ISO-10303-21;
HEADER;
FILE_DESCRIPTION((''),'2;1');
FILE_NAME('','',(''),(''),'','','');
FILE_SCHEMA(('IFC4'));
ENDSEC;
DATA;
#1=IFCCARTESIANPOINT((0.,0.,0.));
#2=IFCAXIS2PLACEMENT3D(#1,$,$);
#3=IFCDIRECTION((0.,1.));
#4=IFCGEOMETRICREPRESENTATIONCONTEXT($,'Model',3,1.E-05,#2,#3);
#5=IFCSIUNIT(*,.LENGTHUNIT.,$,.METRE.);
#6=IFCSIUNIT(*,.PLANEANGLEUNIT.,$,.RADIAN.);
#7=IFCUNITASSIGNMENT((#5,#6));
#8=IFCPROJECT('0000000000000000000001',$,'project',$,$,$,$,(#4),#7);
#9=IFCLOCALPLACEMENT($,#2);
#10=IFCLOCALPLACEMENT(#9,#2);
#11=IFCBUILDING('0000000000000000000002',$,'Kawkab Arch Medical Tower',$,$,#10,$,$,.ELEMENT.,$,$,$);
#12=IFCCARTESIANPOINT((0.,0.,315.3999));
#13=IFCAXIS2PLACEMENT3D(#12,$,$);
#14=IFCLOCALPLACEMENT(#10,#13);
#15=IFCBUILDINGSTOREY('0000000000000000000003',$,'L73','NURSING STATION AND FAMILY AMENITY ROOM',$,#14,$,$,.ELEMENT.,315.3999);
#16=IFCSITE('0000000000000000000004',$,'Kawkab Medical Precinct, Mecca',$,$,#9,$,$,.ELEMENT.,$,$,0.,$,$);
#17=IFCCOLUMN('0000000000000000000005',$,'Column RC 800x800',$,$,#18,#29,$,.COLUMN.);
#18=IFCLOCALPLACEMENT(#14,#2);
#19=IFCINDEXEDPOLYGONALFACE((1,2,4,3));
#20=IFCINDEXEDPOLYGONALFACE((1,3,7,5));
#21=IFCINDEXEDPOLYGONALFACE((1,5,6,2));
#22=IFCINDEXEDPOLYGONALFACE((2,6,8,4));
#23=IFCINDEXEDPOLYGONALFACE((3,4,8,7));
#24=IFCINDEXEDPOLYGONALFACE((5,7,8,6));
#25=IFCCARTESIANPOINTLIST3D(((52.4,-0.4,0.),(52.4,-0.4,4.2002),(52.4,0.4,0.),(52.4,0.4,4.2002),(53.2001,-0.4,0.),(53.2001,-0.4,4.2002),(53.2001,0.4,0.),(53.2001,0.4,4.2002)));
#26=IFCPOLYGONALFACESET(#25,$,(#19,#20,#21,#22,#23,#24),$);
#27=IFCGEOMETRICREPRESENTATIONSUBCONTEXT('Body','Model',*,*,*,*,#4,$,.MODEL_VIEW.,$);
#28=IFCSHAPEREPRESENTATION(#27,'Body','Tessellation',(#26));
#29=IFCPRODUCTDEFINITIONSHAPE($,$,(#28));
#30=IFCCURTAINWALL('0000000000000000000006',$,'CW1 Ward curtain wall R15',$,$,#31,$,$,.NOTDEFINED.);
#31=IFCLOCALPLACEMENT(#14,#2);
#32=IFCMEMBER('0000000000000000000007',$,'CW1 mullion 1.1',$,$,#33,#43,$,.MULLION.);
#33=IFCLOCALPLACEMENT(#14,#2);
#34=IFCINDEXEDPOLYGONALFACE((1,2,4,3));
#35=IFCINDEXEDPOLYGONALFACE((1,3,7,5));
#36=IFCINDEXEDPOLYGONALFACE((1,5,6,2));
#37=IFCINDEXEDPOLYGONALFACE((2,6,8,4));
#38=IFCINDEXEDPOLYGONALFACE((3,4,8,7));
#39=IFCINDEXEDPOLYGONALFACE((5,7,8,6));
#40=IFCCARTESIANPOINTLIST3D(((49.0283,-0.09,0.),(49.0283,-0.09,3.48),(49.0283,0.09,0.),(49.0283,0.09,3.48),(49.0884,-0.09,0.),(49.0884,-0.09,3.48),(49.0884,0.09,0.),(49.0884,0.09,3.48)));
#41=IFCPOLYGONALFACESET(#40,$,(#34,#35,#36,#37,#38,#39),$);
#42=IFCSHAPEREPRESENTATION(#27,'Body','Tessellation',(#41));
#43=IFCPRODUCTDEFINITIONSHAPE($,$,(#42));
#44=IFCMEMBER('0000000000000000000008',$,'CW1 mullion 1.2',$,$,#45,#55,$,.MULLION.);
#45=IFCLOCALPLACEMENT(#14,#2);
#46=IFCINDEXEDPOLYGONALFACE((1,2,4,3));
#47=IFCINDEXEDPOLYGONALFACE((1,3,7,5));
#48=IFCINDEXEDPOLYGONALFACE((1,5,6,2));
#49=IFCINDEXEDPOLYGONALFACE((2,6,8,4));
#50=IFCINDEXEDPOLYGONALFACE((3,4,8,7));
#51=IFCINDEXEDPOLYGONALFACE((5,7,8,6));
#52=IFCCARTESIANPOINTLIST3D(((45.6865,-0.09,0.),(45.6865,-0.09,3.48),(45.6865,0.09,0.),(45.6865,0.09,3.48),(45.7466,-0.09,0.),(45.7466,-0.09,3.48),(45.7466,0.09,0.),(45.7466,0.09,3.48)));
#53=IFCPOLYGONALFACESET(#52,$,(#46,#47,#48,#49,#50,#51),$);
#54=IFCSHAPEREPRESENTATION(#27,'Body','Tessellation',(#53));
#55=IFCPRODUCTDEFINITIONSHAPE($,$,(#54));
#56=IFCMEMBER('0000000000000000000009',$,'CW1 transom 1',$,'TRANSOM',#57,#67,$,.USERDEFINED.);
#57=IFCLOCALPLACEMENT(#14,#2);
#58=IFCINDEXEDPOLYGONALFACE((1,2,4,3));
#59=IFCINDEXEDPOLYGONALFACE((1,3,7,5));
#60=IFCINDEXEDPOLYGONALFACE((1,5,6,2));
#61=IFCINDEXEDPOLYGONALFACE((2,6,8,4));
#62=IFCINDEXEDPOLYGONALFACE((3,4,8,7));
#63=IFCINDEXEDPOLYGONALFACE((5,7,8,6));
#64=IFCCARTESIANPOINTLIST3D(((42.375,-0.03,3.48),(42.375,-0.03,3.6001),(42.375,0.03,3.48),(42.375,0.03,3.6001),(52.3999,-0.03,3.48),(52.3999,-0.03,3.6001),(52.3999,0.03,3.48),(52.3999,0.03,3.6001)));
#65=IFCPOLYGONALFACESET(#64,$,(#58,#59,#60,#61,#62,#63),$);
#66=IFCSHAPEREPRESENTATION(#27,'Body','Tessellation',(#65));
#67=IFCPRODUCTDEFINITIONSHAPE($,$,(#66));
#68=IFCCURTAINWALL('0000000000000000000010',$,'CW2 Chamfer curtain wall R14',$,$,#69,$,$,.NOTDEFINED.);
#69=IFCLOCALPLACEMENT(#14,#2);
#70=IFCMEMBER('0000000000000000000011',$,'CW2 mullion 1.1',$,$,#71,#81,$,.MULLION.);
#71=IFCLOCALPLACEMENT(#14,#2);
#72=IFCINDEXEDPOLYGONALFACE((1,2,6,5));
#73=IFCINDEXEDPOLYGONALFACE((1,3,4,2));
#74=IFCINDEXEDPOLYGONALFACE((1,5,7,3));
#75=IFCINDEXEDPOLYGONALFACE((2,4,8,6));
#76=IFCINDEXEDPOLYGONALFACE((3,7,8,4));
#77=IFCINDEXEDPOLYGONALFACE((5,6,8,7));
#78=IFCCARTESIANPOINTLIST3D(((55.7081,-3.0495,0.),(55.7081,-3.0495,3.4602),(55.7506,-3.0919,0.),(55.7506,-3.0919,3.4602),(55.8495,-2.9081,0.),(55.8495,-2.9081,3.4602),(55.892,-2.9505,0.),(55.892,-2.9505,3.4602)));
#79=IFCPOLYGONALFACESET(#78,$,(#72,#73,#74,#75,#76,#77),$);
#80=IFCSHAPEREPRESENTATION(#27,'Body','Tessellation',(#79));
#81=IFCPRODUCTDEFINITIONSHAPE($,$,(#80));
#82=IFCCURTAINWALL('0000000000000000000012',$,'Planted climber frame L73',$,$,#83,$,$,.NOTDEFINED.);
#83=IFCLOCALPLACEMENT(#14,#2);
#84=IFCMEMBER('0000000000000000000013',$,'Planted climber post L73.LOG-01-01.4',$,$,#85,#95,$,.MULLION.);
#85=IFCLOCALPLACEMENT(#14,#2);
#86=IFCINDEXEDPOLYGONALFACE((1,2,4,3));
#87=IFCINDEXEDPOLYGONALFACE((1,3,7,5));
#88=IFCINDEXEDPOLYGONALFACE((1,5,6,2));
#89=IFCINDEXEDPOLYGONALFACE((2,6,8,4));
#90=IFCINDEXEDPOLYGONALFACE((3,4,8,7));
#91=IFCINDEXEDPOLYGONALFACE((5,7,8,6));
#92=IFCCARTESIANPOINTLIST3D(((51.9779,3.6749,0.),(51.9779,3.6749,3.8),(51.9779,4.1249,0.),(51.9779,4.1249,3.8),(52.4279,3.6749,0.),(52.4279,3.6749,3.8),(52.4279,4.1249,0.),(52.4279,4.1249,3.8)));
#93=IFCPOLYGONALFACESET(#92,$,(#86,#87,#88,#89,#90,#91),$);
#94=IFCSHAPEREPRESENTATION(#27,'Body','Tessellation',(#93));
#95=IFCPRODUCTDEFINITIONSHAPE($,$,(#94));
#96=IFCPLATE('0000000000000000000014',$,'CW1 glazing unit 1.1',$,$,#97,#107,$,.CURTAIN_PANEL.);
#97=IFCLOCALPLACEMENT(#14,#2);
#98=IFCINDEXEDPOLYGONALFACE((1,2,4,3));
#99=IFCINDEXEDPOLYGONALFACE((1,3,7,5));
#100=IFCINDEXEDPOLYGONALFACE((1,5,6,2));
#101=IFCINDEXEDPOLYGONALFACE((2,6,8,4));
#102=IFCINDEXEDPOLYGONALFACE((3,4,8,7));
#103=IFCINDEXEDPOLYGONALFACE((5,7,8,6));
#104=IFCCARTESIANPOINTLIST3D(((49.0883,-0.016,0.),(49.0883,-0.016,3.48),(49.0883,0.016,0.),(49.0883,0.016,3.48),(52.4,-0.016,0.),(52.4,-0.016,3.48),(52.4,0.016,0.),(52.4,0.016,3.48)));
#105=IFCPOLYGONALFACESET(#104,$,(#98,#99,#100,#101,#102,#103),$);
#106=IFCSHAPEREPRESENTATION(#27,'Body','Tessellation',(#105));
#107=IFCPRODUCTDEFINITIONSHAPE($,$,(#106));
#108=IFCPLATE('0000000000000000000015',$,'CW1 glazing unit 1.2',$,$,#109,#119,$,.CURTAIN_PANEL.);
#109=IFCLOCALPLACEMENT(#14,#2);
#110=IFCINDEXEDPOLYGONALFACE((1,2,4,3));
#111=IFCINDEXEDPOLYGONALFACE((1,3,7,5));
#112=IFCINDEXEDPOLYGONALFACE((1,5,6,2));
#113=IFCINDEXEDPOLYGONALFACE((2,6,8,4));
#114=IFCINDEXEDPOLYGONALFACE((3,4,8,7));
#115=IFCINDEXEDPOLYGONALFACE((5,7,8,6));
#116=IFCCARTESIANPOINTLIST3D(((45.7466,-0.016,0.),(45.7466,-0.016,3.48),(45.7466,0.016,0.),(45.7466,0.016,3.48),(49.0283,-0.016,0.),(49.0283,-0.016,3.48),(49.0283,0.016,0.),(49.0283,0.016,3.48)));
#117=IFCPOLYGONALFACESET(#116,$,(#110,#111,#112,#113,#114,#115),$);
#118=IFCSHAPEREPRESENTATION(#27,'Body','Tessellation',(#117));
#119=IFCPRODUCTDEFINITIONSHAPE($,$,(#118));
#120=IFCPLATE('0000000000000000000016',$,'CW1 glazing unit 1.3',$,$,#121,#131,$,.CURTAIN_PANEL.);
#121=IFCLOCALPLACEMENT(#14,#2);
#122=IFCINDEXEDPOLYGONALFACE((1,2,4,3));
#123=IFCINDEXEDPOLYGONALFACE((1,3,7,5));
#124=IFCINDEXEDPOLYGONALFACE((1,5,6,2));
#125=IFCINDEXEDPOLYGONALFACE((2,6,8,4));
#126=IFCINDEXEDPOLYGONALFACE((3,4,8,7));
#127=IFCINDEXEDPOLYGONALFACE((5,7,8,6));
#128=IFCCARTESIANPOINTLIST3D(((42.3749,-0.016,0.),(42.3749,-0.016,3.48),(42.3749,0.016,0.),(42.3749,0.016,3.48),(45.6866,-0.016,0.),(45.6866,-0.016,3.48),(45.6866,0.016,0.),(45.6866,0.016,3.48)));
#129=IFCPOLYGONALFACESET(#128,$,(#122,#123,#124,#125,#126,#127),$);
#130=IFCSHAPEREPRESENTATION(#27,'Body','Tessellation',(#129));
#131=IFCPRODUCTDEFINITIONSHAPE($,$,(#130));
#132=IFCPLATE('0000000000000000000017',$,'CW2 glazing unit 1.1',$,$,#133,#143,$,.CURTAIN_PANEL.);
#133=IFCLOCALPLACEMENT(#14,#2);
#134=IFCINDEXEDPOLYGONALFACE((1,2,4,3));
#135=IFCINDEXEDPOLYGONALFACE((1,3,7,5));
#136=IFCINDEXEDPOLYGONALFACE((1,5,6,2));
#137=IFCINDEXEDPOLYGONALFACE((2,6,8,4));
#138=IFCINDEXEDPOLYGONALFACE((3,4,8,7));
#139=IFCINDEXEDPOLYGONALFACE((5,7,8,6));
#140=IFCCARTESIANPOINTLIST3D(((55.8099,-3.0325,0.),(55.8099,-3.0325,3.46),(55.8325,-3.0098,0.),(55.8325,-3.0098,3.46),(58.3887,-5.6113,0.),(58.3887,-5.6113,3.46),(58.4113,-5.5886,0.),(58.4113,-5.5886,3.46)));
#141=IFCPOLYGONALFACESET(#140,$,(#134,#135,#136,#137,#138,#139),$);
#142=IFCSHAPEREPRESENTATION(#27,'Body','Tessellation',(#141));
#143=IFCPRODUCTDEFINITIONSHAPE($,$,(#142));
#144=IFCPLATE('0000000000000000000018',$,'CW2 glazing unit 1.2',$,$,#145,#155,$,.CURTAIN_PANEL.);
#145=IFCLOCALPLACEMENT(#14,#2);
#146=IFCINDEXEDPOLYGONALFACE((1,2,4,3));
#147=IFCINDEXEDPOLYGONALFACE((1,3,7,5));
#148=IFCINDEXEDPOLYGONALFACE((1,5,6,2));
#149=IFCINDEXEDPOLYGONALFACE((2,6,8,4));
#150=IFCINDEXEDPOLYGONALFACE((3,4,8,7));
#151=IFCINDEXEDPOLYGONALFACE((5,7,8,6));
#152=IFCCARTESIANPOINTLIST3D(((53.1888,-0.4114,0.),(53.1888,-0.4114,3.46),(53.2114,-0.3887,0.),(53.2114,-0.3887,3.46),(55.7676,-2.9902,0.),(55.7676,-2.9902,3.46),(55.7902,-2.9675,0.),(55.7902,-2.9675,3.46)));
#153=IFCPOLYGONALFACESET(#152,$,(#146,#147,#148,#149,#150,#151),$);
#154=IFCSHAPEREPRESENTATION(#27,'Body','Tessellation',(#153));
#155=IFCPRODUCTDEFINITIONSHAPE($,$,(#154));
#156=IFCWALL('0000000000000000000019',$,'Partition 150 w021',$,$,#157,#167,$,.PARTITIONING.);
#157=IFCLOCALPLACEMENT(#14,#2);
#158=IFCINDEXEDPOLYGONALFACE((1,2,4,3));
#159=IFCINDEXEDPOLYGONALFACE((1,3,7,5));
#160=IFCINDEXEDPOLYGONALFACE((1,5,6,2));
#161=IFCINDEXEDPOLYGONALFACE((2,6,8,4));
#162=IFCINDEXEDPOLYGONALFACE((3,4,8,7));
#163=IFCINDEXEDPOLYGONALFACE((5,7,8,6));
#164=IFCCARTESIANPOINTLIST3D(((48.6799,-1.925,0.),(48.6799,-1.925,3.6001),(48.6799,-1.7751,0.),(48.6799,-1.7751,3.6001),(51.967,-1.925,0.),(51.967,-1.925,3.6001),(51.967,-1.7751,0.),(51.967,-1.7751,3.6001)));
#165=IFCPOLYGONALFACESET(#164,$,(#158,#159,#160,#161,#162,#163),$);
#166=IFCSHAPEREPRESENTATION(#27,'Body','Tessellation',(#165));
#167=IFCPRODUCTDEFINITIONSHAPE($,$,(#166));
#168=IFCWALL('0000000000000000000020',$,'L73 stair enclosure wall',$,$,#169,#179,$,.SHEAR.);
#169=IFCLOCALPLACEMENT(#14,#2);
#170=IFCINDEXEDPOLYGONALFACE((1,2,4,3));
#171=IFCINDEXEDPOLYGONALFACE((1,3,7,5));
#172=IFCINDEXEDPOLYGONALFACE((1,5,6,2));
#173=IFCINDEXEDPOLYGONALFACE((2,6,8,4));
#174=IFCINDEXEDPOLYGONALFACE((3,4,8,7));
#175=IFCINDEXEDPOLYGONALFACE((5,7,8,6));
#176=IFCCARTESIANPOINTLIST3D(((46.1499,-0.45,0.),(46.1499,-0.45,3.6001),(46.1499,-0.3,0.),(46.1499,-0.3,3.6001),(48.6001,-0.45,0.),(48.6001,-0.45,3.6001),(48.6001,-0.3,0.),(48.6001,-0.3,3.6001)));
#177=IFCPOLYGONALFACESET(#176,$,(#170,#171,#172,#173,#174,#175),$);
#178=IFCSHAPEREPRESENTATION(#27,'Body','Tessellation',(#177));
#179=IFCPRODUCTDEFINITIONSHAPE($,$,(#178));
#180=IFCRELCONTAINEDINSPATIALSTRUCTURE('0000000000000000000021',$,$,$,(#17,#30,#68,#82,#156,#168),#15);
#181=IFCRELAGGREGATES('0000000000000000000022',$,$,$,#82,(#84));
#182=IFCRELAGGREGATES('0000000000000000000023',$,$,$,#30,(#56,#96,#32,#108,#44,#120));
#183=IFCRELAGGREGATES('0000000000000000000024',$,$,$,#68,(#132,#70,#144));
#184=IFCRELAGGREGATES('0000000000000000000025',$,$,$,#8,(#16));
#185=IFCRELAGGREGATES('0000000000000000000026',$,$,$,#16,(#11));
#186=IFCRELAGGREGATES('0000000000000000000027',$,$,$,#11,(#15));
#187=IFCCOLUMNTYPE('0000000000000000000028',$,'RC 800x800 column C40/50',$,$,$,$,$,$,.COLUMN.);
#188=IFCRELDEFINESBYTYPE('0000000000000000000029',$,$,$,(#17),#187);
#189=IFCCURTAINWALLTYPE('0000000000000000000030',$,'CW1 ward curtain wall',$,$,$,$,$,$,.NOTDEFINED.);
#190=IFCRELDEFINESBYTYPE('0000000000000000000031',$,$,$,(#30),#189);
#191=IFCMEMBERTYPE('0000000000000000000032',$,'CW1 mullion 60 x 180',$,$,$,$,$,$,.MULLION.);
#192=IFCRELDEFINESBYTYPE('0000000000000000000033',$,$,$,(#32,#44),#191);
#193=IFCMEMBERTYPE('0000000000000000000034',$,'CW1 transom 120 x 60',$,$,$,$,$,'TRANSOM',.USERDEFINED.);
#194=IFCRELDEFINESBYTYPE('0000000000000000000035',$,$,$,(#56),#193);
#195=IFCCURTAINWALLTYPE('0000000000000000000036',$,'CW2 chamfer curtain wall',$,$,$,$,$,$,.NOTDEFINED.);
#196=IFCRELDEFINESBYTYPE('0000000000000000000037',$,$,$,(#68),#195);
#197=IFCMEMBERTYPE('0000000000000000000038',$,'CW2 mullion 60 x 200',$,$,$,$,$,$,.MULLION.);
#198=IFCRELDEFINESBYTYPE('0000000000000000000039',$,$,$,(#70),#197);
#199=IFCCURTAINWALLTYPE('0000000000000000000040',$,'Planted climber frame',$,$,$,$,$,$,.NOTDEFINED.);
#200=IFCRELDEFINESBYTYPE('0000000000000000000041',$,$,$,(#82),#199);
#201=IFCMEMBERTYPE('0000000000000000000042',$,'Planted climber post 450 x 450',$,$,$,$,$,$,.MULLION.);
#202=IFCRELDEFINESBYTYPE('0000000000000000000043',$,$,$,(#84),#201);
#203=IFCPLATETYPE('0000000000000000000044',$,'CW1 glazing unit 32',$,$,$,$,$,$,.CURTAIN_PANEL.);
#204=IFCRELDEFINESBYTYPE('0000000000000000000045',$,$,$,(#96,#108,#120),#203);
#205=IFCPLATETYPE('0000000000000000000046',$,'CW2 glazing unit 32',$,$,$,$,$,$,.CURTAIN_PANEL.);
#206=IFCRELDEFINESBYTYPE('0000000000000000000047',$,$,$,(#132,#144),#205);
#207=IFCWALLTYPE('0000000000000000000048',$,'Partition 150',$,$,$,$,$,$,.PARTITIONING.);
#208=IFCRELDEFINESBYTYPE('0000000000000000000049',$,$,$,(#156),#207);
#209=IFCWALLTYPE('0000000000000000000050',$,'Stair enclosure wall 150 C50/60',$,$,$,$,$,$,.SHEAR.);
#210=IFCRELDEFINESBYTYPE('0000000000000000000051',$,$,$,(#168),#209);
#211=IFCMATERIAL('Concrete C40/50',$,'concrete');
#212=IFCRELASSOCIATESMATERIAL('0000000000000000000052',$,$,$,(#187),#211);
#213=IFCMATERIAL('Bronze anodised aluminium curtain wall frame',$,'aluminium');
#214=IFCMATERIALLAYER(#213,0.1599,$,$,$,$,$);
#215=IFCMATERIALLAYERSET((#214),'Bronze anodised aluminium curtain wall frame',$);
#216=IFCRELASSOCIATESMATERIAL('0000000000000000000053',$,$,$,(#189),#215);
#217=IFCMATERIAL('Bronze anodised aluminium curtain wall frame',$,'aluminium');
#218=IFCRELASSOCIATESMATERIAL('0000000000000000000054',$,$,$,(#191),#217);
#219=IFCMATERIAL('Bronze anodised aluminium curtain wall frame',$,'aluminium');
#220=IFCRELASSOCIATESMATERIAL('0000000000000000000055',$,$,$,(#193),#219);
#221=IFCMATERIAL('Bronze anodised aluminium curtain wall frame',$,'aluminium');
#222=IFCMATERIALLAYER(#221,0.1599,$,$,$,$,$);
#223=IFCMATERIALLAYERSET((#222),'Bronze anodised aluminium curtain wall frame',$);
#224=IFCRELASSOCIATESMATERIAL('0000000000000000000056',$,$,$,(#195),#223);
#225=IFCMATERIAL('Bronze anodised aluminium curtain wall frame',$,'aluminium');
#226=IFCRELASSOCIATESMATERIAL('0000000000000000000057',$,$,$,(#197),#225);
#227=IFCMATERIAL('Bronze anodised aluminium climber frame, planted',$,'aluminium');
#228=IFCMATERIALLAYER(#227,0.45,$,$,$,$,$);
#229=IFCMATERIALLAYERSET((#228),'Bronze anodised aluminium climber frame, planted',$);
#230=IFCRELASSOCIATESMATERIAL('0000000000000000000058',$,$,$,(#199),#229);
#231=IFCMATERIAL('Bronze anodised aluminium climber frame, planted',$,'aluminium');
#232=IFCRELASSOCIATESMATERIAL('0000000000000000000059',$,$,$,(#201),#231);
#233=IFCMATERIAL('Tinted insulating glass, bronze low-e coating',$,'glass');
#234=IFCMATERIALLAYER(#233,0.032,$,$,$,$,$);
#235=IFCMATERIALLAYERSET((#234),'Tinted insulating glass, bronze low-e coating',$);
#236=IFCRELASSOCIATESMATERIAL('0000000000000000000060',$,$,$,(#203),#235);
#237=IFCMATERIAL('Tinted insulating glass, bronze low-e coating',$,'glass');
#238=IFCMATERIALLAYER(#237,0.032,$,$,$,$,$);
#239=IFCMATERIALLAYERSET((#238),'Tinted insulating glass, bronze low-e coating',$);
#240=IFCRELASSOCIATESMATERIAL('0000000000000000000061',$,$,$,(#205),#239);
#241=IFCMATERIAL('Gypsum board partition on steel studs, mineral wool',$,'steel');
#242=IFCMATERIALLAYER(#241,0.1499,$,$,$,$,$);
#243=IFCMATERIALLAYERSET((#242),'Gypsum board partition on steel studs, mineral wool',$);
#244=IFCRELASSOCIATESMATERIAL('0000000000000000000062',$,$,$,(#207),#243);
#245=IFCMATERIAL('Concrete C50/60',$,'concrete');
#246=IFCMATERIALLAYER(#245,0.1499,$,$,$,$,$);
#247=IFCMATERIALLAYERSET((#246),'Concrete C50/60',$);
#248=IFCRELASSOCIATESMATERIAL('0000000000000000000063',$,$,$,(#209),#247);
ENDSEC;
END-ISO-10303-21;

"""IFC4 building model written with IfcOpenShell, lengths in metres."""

from ifc_helpers import new_model, si_unit, direction, frame, frame_2d, origin, origin_2d, place, context, subcontext, project, spatial, rectangle, extrude, material, layer, layer_set, material_profile, profile_set, type_object, element, aggregate, save


model = new_model("IFC4")

# Units and contexts
model_context = context("Model", 3, precision=1e-05, world=origin(), true_north=direction((0.0, 1.0)))
body_context = subcontext(model_context, "Body", "Model", "MODEL_VIEW")
ifc_project = project(units=[si_unit("LENGTHUNIT", "METRE"), si_unit("PLANEANGLEUNIT", "RADIAN")], contexts=[model_context])

# Site, building, storey
site_placement = place(None, origin())
site = spatial("IfcSite", under=ifc_project, at=site_placement, Name="Kawkab Medical Precinct, Mecca", CompositionType="ELEMENT", RefElevation=0.0)
building_placement = place(site_placement, origin())
building = spatial("IfcBuilding", under=site, at=building_placement, Name="Kawkab Arch Medical Tower", CompositionType="ELEMENT")
storey_placement = place(building_placement, frame((0.0, 0.0, 315.3999)))
storey = spatial("IfcBuildingStorey", under=building, at=storey_placement, Name="L73", Description="NURSING STATION AND FAMILY AMENITY ROOM", CompositionType="ELEMENT", Elevation=315.3999)

# Column
ifc_material_1 = material(Name="Concrete C40/50", Category="concrete")
ifc_material_profile_1 = material_profile(ifc_material_1, rectangle(XDim=0.8, YDim=0.8, at=origin_2d()), Name="RC 800x800")
ifc_profile_set_1 = profile_set([ifc_material_profile_1], Name="Concrete C40/50")
column_type = type_object("IfcColumnType", Name="RC 800x800 column C40/50", PredefinedType="COLUMN", material=ifc_profile_set_1)
column_placement = place(storey_placement, frame((52.8, 0.0, 0.0), z_axis=(0.0, 0.0, 1.0), x_axis=(1.0, 0.0, 0.0)))
element("IfcColumn", 1, at=column_placement, inside=storey, type_object=column_type, Name="Column RC 800x800", PredefinedType="COLUMN", context=body_context, shape_type="SweptSolid", body=[
    extrude(rectangle(XDim=0.8, YDim=0.8, at=origin_2d()), origin(), (0.0, 0.0, 1.0), 4.2002),
])

# Curtain wall, members
ifc_material_2 = material(Name="Bronze anodised aluminium curtain wall frame", Category="aluminium")
ifc_layer_1 = layer(ifc_material_2, 0.1599)
ifc_layer_set_1 = layer_set([ifc_layer_1], Name="Bronze anodised aluminium curtain wall frame")
curtain_wall_type_1 = type_object("IfcCurtainWallType", Name="CW1 ward curtain wall", PredefinedType="NOTDEFINED", material=ifc_layer_set_1)
placement = place(storey_placement, origin())
curtain_wall_1 = element("IfcCurtainWall", 2, at=placement, inside=storey, type_object=curtain_wall_type_1, Name="CW1 Ward curtain wall R15", PredefinedType="NOTDEFINED")
ifc_material_3 = material(Name="Bronze anodised aluminium curtain wall frame", Category="aluminium")
ifc_material_profile_2 = material_profile(ifc_material_3, rectangle(XDim=0.1799, YDim=0.0601, at=origin_2d()), Name="AL 60x180")
ifc_profile_set_2 = profile_set([ifc_material_profile_2], Name="Bronze anodised aluminium curtain wall frame")
member_type_1 = type_object("IfcMemberType", Name="CW1 mullion 60 x 180", PredefinedType="MULLION", material=ifc_profile_set_2)
member_1_placement = place(storey_placement, frame((49.0583, 0.0, 0.0), z_axis=(0.0, 0.0, 1.0), x_axis=(0.0, -1.0, 0.0)))
member_1 = element("IfcMember", 3, at=member_1_placement, type_object=member_type_1, Name="CW1 mullion 1.1", PredefinedType="MULLION", context=body_context, shape_type="SweptSolid", body=[
    extrude(rectangle(XDim=0.1799, YDim=0.0601, at=origin_2d()), origin(), (0.0, 0.0, 1.0), 3.48),
])
member_2_placement = place(storey_placement, frame((45.7166, 0.0, 0.0), z_axis=(0.0, 0.0, 1.0), x_axis=(0.0, -1.0, 0.0)))
member_2 = element("IfcMember", 4, at=member_2_placement, type_object=member_type_1, Name="CW1 mullion 1.2", PredefinedType="MULLION", context=body_context, shape_type="SweptSolid", body=[
    extrude(rectangle(XDim=0.1799, YDim=0.0601, at=origin_2d()), origin(), (0.0, 0.0, 1.0), 3.48),
])
ifc_material_4 = material(Name="Bronze anodised aluminium curtain wall frame", Category="aluminium")
ifc_material_profile_3 = material_profile(ifc_material_4, rectangle(XDim=0.0601, YDim=0.1201, at=origin_2d()), Name="AL 60x120")
ifc_profile_set_3 = profile_set([ifc_material_profile_3], Name="Bronze anodised aluminium curtain wall frame")
member_type_2 = type_object("IfcMemberType", Name="CW1 transom 120 x 60", ElementType="TRANSOM", PredefinedType="USERDEFINED", material=ifc_profile_set_3)
member_3_placement = place(storey_placement, frame((52.3999, 0.0, 3.54), z_axis=(-1.0, 0.0, 0.0), x_axis=(0.0, -1.0, 0.0)))
member_3 = element("IfcMember", 5, at=member_3_placement, type_object=member_type_2, Name="CW1 transom 1", ObjectType="TRANSOM", PredefinedType="USERDEFINED", context=body_context, shape_type="SweptSolid", body=[
    extrude(rectangle(XDim=0.0601, YDim=0.1201, at=origin_2d()), origin(), (0.0, 0.0, 1.0), 10.0249),
])

# Curtain walls, members
ifc_material_5 = material(Name="Bronze anodised aluminium curtain wall frame", Category="aluminium")
ifc_layer_2 = layer(ifc_material_5, 0.1599)
ifc_layer_set_2 = layer_set([ifc_layer_2], Name="Bronze anodised aluminium curtain wall frame")
curtain_wall_type_2 = type_object("IfcCurtainWallType", Name="CW2 chamfer curtain wall", PredefinedType="NOTDEFINED", material=ifc_layer_set_2)
curtain_wall_2 = element("IfcCurtainWall", 6, at=placement, inside=storey, type_object=curtain_wall_type_2, Name="CW2 Chamfer curtain wall R14", PredefinedType="NOTDEFINED")
ifc_material_6 = material(Name="Bronze anodised aluminium curtain wall frame", Category="aluminium")
ifc_material_profile_4 = material_profile(ifc_material_6, rectangle(XDim=0.2, YDim=0.0601, at=origin_2d()), Name="AL 60x200")
ifc_profile_set_4 = profile_set([ifc_material_profile_4], Name="Bronze anodised aluminium curtain wall frame")
member_type_3 = type_object("IfcMemberType", Name="CW2 mullion 60 x 200", PredefinedType="MULLION", material=ifc_profile_set_4)
member_4_placement = place(storey_placement, frame((55.8, -3.0, 0.0), z_axis=(0.0, 0.0, 1.0), x_axis=(-0.707107, -0.707107, 0.0)))
member_4 = element("IfcMember", 7, at=member_4_placement, type_object=member_type_3, Name="CW2 mullion 1.1", PredefinedType="MULLION", context=body_context, shape_type="SweptSolid", body=[
    extrude(rectangle(XDim=0.2, YDim=0.0601, at=origin_2d()), origin(), (0.0, 0.0, 1.0), 3.4602),
])
ifc_material_7 = material(Name="Bronze anodised aluminium climber frame, planted", Category="aluminium")
ifc_layer_3 = layer(ifc_material_7, 0.45)
ifc_layer_set_3 = layer_set([ifc_layer_3], Name="Bronze anodised aluminium climber frame, planted")
curtain_wall_type_3 = type_object("IfcCurtainWallType", Name="Planted climber frame", PredefinedType="NOTDEFINED", material=ifc_layer_set_3)
curtain_wall_3 = element("IfcCurtainWall", 8, at=placement, inside=storey, type_object=curtain_wall_type_3, Name="Planted climber frame L73", PredefinedType="NOTDEFINED")
ifc_material_8 = material(Name="Bronze anodised aluminium climber frame, planted", Category="aluminium")
ifc_material_profile_5 = material_profile(ifc_material_8, rectangle(XDim=0.45, YDim=0.45, at=origin_2d()), Name="Post 450x450")
ifc_profile_set_5 = profile_set([ifc_material_profile_5], Name="Bronze anodised aluminium climber frame, planted")
member_type_4 = type_object("IfcMemberType", Name="Planted climber post 450 x 450", PredefinedType="MULLION", material=ifc_profile_set_5)
member_5_placement = place(storey_placement, frame((52.2029, 3.8999, 0.0), z_axis=(0.0, 0.0, 1.0), x_axis=(1.0, 0.0, 0.0)))
member_5 = element("IfcMember", 9, at=member_5_placement, type_object=member_type_4, Name="Planted climber post L73.LOG-01-01.4", PredefinedType="MULLION", context=body_context, shape_type="SweptSolid", body=[
    extrude(rectangle(XDim=0.45, YDim=0.45, at=origin_2d()), origin(), (0.0, 0.0, 1.0), 3.8),
])
aggregate(curtain_wall_3, [member_5])

# Plates
ifc_material_9 = material(Name="Tinted insulating glass, bronze low-e coating", Category="glass")
ifc_layer_4 = layer(ifc_material_9, 0.032)
ifc_layer_set_4 = layer_set([ifc_layer_4], Name="Tinted insulating glass, bronze low-e coating")
plate_type_1 = type_object("IfcPlateType", Name="CW1 glazing unit 32", PredefinedType="CURTAIN_PANEL", material=ifc_layer_set_4)
plate_1_placement = place(storey_placement, frame((50.7441, 0.0, 0.0), z_axis=(0.0, 0.0, 1.0), x_axis=(-1.0, 0.0, 0.0)))
plate_1 = element("IfcPlate", 10, at=plate_1_placement, type_object=plate_type_1, Name="CW1 glazing unit 1.1", PredefinedType="CURTAIN_PANEL", context=body_context, shape_type="SweptSolid", body=[
    extrude(rectangle(XDim=3.3118, YDim=0.032, at=origin_2d()), origin(), (0.0, 0.0, 1.0), 3.48),
])
plate_2_placement = place(storey_placement, frame((47.3875, 0.0, 0.0), z_axis=(0.0, 0.0, 1.0), x_axis=(-1.0, 0.0, 0.0)))
plate_2 = element("IfcPlate", 11, at=plate_2_placement, type_object=plate_type_1, Name="CW1 glazing unit 1.2", PredefinedType="CURTAIN_PANEL", context=body_context, shape_type="SweptSolid", body=[
    extrude(rectangle(XDim=3.2817, YDim=0.032, at=origin_2d()), origin(), (0.0, 0.0, 1.0), 3.48),
])
plate_3_placement = place(storey_placement, frame((44.0308, 0.0, 0.0), z_axis=(0.0, 0.0, 1.0), x_axis=(-1.0, 0.0, 0.0)))
plate_3 = element("IfcPlate", 12, at=plate_3_placement, type_object=plate_type_1, Name="CW1 glazing unit 1.3", PredefinedType="CURTAIN_PANEL", context=body_context, shape_type="SweptSolid", body=[
    extrude(rectangle(XDim=3.3118, YDim=0.032, at=origin_2d()), origin(), (0.0, 0.0, 1.0), 3.48),
])
aggregate(curtain_wall_1, [member_3, plate_1, member_1, plate_2, member_2, plate_3])
ifc_material_10 = material(Name="Tinted insulating glass, bronze low-e coating", Category="glass")
ifc_layer_5 = layer(ifc_material_10, 0.032)
ifc_layer_set_5 = layer_set([ifc_layer_5], Name="Tinted insulating glass, bronze low-e coating")
plate_type_2 = type_object("IfcPlateType", Name="CW2 glazing unit 32", PredefinedType="CURTAIN_PANEL", material=ifc_layer_set_5)
plate_4_placement = place(storey_placement, frame((57.1106, -4.3105, 0.0), z_axis=(0.0, 0.0, 1.0), x_axis=(-0.707107, 0.707107, 0.0)))
plate_4 = element("IfcPlate", 13, at=plate_4_placement, type_object=plate_type_2, Name="CW2 glazing unit 1.1", PredefinedType="CURTAIN_PANEL", context=body_context, shape_type="SweptSolid", body=[
    extrude(rectangle(XDim=3.647, YDim=0.032, at=origin_2d()), origin(), (0.0, 0.0, 1.0), 3.46),
])
plate_5_placement = place(storey_placement, frame((54.4895, -1.6895, 0.0), z_axis=(0.0, 0.0, 1.0), x_axis=(-0.707107, 0.707107, 0.0)))
plate_5 = element("IfcPlate", 14, at=plate_5_placement, type_object=plate_type_2, Name="CW2 glazing unit 1.2", PredefinedType="CURTAIN_PANEL", context=body_context, shape_type="SweptSolid", body=[
    extrude(rectangle(XDim=3.647, YDim=0.032, at=origin_2d()), origin(), (0.0, 0.0, 1.0), 3.46),
])
aggregate(curtain_wall_2, [plate_4, member_4, plate_5])

# Walls
ifc_material_11 = material(Name="Gypsum board partition on steel studs, mineral wool", Category="steel")
ifc_layer_6 = layer(ifc_material_11, 0.1499)
ifc_layer_set_6 = layer_set([ifc_layer_6], Name="Gypsum board partition on steel studs, mineral wool")
wall_type_1 = type_object("IfcWallType", Name="Partition 150", PredefinedType="PARTITIONING", material=ifc_layer_set_6)
wall_1_placement = place(storey_placement, frame((48.6799, -1.8501, 0.0), z_axis=(0.0, 0.0, 1.0), x_axis=(1.0, 0.0, 0.0)))
element("IfcWall", 15, at=wall_1_placement, inside=storey, type_object=wall_type_1, Name="Partition 150 w021", PredefinedType="PARTITIONING", context=body_context, shape_type="SweptSolid", body=[
    extrude(rectangle(XDim=3.2871, YDim=0.1499, at=frame_2d((1.6436, 0.0))), origin(), (0.0, 0.0, 1.0), 3.6001),
])
ifc_material_12 = material(Name="Concrete C50/60", Category="concrete")
ifc_layer_7 = layer(ifc_material_12, 0.1499)
ifc_layer_set_7 = layer_set([ifc_layer_7], Name="Concrete C50/60")
wall_type_2 = type_object("IfcWallType", Name="Stair enclosure wall 150 C50/60", PredefinedType="SHEAR", material=ifc_layer_set_7)
wall_2_placement = place(storey_placement, frame((46.1499, -0.375, 0.0), z_axis=(0.0, 0.0, 1.0), x_axis=(1.0, 0.0, 0.0)))
element("IfcWall", 16, at=wall_2_placement, inside=storey, type_object=wall_type_2, Name="L73 stair enclosure wall", PredefinedType="SHEAR", context=body_context, shape_type="SweptSolid", body=[
    extrude(rectangle(XDim=2.4502, YDim=0.1499, at=frame_2d((1.2251, 0.0))), origin(), (0.0, 0.0, 1.0), 3.6001),
])

save(model, "model.ifc")
